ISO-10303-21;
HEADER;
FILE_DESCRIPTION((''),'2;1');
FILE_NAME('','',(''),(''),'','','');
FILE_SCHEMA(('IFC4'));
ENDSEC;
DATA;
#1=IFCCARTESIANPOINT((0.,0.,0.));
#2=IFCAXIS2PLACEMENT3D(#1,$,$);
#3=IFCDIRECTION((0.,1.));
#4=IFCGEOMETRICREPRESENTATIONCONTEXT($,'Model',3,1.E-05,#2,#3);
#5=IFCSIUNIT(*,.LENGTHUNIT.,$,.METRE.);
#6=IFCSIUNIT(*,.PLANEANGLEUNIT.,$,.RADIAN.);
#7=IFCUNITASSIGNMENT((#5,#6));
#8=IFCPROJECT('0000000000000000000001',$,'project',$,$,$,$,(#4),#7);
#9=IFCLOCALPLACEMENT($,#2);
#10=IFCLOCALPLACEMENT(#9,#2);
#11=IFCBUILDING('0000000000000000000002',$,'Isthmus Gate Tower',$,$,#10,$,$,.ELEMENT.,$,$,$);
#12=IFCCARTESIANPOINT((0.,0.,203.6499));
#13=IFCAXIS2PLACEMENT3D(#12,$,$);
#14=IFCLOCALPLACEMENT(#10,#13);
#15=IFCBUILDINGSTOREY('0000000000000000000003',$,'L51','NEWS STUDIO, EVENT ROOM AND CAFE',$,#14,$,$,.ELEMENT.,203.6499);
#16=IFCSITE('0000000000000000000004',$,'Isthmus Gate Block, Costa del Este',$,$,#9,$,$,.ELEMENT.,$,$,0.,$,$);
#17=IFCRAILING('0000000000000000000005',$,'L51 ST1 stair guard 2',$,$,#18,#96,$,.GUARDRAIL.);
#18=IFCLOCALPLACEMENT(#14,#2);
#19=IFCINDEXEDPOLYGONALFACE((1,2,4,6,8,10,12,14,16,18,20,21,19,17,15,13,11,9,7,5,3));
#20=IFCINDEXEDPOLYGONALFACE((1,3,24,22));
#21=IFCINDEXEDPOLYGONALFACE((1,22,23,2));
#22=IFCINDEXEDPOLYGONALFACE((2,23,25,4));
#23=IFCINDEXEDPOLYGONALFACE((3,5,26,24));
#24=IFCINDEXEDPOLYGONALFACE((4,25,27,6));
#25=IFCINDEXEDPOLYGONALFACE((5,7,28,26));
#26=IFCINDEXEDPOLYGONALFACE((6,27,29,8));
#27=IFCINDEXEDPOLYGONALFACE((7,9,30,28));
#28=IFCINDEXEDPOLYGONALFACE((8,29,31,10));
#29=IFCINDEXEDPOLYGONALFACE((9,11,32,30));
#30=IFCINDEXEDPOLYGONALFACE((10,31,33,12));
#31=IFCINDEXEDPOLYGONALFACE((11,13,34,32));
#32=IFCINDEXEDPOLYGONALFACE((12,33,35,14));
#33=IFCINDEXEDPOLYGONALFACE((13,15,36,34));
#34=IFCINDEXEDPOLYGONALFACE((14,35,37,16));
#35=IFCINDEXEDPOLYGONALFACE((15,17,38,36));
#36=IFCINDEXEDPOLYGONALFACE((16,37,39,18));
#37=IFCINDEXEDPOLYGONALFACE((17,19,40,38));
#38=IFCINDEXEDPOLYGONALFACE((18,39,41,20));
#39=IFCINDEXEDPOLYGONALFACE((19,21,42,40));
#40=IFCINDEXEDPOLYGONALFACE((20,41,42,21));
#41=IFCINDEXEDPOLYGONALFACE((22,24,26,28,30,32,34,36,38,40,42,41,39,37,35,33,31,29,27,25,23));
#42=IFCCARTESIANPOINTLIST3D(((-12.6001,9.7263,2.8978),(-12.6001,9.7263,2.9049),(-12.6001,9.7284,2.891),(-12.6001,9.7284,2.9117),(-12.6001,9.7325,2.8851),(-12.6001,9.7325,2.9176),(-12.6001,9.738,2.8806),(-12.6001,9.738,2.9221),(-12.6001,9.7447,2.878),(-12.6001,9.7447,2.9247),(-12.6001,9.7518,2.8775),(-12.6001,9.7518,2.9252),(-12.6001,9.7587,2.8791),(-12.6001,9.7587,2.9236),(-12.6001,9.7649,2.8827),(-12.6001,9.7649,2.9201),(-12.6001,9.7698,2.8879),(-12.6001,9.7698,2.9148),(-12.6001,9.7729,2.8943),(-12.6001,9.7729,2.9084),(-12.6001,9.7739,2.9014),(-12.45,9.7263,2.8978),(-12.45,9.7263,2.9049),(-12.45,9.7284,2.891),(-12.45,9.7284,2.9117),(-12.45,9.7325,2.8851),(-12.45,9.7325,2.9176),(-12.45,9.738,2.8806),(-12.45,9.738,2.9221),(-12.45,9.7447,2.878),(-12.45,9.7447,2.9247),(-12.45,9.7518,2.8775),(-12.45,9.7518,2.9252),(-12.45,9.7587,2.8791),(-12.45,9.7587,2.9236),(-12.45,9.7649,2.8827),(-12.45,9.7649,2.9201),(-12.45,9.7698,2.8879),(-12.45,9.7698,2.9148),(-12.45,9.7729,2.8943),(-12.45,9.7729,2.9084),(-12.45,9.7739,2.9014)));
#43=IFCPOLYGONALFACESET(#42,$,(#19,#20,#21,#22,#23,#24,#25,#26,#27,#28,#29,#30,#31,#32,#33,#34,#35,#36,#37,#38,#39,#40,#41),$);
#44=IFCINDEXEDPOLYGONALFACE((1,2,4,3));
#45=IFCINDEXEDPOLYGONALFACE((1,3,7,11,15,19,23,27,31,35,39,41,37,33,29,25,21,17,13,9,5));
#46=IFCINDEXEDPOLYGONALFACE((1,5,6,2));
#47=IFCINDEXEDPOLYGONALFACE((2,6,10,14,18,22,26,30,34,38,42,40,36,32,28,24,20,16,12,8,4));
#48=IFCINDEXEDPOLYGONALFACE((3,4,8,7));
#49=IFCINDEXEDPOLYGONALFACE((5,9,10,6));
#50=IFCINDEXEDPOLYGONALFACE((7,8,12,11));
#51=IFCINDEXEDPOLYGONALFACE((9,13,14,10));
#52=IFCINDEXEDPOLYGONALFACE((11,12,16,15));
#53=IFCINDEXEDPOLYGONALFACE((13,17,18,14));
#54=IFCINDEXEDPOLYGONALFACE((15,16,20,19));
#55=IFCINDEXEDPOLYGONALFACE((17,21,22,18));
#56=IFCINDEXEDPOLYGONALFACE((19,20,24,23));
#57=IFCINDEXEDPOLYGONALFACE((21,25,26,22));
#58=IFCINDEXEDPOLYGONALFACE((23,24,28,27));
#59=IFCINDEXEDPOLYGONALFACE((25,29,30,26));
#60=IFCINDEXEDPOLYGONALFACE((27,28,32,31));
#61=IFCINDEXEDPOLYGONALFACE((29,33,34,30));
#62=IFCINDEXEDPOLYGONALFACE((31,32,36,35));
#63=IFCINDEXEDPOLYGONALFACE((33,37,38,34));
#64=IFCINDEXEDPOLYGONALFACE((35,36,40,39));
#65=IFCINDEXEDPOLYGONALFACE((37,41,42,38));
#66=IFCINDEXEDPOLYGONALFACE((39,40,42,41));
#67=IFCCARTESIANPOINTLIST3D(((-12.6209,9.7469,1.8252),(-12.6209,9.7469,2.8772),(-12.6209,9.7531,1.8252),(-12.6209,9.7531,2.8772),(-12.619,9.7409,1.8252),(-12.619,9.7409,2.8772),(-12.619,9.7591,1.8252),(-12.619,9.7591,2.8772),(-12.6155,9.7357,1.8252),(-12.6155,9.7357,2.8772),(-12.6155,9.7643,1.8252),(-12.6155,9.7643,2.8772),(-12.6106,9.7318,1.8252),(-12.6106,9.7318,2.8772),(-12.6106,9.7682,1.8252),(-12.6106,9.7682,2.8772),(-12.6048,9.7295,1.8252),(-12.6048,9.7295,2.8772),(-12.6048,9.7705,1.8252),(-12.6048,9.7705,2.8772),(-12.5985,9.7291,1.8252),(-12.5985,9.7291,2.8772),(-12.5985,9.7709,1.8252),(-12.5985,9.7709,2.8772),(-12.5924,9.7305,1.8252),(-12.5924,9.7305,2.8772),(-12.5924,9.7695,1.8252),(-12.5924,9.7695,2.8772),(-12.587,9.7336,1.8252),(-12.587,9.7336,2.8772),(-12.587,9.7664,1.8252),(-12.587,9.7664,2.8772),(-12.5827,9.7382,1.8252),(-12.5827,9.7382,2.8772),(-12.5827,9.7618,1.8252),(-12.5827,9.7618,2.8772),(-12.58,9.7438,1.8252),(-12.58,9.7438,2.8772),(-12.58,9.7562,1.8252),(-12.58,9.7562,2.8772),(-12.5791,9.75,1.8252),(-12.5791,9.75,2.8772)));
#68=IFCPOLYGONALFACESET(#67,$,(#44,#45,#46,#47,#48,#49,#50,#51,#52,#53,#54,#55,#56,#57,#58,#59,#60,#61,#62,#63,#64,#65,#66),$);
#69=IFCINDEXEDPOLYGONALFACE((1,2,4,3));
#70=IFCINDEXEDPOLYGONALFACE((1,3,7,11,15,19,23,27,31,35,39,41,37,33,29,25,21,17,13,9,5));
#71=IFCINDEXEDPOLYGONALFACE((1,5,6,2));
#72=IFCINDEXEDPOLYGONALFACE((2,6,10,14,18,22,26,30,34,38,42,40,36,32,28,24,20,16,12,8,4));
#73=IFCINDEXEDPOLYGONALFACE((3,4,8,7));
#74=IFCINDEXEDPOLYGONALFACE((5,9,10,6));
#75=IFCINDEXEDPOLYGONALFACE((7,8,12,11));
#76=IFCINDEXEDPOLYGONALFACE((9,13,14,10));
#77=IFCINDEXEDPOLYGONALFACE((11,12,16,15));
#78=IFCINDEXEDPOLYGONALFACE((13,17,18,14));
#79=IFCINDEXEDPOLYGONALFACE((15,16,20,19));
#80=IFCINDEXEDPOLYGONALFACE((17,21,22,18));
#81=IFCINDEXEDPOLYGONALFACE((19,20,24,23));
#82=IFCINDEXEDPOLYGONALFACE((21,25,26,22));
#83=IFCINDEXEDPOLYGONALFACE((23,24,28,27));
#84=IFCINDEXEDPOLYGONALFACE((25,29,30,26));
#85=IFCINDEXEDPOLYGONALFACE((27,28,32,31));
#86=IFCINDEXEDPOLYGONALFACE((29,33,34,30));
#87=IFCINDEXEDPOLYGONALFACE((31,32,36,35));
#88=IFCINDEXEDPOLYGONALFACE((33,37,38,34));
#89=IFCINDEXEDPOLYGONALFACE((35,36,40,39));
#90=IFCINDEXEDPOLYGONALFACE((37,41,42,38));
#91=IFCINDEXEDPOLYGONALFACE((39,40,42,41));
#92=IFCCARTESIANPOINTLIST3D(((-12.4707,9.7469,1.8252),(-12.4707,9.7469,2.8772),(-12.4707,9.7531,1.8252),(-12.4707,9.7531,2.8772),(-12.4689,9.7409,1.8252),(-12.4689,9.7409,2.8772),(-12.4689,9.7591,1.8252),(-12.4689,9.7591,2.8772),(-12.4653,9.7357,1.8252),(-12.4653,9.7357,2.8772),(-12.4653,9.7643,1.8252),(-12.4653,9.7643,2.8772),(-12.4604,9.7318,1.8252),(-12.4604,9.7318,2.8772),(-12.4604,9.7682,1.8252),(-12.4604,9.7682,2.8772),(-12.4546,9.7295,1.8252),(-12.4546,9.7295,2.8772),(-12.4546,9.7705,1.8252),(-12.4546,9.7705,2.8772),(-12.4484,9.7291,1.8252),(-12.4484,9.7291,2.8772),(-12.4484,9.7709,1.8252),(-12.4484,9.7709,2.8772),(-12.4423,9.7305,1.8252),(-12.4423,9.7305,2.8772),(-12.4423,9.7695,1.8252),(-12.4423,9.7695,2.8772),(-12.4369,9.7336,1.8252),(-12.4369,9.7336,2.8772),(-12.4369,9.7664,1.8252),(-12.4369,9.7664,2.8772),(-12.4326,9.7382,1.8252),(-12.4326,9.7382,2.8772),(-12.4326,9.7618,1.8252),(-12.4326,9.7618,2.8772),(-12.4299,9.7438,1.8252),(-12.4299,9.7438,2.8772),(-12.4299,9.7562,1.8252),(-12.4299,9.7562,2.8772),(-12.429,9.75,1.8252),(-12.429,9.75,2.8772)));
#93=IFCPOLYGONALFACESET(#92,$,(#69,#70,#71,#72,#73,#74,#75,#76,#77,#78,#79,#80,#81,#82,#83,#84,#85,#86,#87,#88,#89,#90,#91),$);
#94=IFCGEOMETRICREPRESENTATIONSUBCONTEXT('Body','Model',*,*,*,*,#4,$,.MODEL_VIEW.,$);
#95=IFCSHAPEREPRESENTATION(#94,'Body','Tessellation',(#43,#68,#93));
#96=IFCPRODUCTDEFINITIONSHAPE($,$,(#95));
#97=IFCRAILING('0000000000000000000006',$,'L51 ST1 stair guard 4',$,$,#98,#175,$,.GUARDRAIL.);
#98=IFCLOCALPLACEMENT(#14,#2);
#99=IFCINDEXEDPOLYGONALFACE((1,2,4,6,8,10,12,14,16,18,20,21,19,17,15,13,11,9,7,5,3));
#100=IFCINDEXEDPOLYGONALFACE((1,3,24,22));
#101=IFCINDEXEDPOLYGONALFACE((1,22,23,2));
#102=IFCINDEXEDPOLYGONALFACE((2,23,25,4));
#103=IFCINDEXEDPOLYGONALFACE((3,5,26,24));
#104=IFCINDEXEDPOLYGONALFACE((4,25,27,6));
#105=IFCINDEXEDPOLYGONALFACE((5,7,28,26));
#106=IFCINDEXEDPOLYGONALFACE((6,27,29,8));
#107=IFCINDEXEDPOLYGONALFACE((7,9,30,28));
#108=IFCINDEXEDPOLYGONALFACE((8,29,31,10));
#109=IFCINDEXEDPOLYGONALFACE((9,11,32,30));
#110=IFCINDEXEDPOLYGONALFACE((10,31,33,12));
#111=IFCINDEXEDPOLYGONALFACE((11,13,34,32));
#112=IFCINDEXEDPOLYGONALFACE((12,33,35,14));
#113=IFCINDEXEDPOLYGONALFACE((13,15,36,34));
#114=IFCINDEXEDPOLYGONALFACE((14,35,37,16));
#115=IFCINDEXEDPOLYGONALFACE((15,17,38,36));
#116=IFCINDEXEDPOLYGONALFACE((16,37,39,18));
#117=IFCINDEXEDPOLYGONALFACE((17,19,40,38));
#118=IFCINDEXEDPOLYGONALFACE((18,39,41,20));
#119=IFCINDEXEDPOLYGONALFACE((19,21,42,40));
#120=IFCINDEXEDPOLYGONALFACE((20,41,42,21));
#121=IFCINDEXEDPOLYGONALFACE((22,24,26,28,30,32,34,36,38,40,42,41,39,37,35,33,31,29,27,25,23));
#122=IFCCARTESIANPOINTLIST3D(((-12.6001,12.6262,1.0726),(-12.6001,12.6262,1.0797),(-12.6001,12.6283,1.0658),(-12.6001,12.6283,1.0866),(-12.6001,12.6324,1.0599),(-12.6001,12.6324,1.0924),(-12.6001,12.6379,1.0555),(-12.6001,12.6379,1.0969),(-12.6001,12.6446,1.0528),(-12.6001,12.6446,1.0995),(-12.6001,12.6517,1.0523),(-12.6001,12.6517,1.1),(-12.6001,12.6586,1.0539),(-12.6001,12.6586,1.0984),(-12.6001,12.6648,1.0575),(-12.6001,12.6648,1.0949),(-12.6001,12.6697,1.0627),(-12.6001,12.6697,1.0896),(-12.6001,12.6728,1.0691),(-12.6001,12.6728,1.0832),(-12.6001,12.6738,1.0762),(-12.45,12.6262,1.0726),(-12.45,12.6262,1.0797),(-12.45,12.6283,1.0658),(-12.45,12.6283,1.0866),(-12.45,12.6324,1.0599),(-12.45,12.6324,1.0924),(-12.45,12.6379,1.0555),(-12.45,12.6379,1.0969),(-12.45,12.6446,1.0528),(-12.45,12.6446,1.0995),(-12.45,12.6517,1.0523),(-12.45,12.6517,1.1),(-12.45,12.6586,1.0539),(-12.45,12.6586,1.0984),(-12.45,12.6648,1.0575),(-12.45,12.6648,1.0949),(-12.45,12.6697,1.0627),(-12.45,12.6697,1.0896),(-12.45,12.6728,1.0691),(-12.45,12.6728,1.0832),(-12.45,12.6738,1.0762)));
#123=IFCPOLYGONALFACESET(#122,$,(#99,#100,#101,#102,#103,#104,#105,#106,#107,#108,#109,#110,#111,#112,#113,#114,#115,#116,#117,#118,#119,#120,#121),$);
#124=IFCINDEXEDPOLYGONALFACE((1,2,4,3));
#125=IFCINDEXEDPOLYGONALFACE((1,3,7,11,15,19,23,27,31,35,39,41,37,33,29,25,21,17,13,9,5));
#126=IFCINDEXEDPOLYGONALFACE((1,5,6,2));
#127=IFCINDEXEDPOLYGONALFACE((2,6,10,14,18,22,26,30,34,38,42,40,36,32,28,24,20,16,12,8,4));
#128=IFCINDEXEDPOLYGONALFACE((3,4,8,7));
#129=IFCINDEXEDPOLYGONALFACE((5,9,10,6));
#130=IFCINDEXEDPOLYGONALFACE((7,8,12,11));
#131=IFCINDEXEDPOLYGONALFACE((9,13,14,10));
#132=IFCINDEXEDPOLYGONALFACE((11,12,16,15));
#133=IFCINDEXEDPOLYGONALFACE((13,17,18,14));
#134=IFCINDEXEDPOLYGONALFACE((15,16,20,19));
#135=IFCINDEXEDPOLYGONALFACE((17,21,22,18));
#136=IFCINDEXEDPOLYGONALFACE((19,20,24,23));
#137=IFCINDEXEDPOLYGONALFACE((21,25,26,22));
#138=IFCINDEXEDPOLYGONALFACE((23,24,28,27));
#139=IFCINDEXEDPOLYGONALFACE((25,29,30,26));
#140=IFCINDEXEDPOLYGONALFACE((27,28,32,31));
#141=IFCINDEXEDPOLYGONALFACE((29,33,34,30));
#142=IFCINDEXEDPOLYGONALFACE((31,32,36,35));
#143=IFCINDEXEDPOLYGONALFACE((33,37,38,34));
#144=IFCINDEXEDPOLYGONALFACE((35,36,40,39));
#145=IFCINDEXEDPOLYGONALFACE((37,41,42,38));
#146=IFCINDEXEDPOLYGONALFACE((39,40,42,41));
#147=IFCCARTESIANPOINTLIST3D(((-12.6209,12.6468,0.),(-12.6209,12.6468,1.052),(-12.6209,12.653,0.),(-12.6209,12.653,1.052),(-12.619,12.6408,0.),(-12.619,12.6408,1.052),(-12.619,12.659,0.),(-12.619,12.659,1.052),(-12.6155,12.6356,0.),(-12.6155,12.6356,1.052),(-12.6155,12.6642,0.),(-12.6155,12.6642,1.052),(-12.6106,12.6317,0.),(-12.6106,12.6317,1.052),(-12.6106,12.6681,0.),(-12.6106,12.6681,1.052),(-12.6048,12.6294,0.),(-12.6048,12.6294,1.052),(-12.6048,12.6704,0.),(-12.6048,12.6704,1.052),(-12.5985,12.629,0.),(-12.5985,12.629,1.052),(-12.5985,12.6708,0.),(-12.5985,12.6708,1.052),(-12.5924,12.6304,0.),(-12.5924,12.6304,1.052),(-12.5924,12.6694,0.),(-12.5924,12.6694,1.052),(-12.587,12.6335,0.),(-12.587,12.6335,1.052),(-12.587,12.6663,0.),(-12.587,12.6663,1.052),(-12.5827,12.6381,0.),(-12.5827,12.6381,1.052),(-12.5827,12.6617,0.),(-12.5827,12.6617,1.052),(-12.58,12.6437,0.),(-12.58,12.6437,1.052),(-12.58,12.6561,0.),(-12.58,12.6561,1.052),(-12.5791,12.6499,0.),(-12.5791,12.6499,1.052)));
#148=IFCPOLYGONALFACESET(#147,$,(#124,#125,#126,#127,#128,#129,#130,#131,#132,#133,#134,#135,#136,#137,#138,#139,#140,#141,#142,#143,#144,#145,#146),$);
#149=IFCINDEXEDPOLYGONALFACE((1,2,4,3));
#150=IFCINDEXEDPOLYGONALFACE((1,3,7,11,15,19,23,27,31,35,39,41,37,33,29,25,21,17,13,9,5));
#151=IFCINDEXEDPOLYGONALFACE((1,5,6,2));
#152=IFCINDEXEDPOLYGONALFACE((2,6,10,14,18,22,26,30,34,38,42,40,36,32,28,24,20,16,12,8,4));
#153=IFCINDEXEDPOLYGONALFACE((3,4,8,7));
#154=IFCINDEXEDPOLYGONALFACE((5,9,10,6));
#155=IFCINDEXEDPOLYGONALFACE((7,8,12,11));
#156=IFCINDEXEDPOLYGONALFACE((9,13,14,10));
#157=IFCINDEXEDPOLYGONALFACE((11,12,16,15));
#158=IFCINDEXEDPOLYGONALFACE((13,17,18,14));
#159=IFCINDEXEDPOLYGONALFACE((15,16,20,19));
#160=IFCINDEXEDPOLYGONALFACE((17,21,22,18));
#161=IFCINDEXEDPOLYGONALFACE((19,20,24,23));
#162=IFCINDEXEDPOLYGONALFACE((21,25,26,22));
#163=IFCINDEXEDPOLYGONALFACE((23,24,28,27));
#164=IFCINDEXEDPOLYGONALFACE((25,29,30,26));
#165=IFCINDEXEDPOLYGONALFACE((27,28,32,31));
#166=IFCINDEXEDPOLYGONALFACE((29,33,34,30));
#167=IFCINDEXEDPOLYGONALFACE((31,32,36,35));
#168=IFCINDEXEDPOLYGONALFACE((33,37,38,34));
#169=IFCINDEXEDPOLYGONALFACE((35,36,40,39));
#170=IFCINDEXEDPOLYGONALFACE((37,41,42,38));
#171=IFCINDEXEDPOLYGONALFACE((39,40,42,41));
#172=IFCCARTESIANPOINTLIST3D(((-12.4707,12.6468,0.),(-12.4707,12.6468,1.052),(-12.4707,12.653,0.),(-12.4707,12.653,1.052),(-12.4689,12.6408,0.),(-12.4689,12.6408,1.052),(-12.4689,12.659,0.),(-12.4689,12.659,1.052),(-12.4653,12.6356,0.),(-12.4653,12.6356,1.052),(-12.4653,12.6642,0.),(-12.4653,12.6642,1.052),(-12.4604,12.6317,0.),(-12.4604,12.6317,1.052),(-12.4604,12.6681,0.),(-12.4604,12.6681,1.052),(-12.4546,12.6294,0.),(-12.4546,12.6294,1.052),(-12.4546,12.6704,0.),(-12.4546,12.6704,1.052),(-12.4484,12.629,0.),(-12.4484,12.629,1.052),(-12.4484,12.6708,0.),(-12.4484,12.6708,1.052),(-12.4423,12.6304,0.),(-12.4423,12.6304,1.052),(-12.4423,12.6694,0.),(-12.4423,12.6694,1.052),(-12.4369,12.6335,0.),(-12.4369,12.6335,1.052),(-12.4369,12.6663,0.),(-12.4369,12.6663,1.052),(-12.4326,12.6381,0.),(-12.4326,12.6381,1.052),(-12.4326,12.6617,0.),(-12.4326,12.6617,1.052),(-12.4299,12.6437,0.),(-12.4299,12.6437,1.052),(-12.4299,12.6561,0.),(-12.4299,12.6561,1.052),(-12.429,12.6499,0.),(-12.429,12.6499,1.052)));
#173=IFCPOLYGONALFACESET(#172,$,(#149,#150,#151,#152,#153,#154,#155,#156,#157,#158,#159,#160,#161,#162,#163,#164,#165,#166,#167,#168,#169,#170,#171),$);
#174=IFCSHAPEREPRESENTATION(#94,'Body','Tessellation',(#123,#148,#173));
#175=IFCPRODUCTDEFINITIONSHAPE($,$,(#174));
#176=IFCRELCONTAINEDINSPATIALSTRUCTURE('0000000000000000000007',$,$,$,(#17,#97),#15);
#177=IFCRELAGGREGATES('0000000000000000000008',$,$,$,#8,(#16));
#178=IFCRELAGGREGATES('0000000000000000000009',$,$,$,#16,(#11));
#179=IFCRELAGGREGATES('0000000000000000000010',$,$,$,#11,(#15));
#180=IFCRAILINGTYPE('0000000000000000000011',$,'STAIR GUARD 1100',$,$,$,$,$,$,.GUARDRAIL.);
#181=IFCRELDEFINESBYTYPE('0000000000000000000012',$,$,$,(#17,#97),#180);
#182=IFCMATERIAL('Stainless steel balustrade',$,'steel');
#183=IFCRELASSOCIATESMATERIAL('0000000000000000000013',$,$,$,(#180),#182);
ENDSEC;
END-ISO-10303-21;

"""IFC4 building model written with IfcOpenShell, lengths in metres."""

from ifc_helpers import new_model, si_unit, direction, frame, origin, origin_2d, place, context, subcontext, project, spatial, circle, extrude, material, type_object, element, save


model = new_model("IFC4")

# Units and contexts
model_context = context("Model", 3, precision=1e-05, world=origin(), true_north=direction((0.0, 1.0)))
body_context = subcontext(model_context, "Body", "Model", "MODEL_VIEW")
ifc_project = project(units=[si_unit("LENGTHUNIT", "METRE"), si_unit("PLANEANGLEUNIT", "RADIAN")], contexts=[model_context])

# Site, building, storey
site_placement = place(None, origin())
site = spatial("IfcSite", under=ifc_project, at=site_placement, Name="Isthmus Gate Block, Costa del Este", CompositionType="ELEMENT", RefElevation=0.0)
building_placement = place(site_placement, origin())
building = spatial("IfcBuilding", under=site, at=building_placement, Name="Isthmus Gate Tower", CompositionType="ELEMENT")
storey_placement = place(building_placement, frame((0.0, 0.0, 203.6499)))
storey = spatial("IfcBuildingStorey", under=building, at=storey_placement, Name="L51", Description="NEWS STUDIO, EVENT ROOM AND CAFE", CompositionType="ELEMENT", Elevation=203.6499)

# Railings
ifc_material_1 = material(Name="Stainless steel balustrade", Category="steel")
railing_type_1 = type_object("IfcRailingType", Name="STAIR GUARD 1100", PredefinedType="GUARDRAIL", material=ifc_material_1)
for number, where, name in (
    (1, (-12.6001, 9.75, 1.8252), "L51 ST1 stair guard 2"),
    (2, (-12.6001, 12.6499, 0.0), "L51 ST1 stair guard 4"),
):
    element("IfcRailing", number, at=place(storey_placement, frame(where)), inside=storey, type_object=railing_type_1, Name=name, PredefinedType="GUARDRAIL", context=body_context, shape_type="SweptSolid", body=[
        extrude(circle(Radius=0.0239, at=origin_2d()), frame((0.0, 0.0, 1.0762), z_axis=(1.0, 0.0, 0.0), x_axis=(0.0, 1.0, 0.0)), (0.0, 0.0, 1.0), 0.1501),
        extrude(circle(Radius=0.021, at=origin_2d()), origin(), (0.0, 0.0, 1.0), 1.052),
        extrude(circle(Radius=0.021, at=origin_2d()), frame((0.1501, 0.0, 0.0)), (0.0, 0.0, 1.0), 1.052),
    ])

save(model, "model.ifc")
